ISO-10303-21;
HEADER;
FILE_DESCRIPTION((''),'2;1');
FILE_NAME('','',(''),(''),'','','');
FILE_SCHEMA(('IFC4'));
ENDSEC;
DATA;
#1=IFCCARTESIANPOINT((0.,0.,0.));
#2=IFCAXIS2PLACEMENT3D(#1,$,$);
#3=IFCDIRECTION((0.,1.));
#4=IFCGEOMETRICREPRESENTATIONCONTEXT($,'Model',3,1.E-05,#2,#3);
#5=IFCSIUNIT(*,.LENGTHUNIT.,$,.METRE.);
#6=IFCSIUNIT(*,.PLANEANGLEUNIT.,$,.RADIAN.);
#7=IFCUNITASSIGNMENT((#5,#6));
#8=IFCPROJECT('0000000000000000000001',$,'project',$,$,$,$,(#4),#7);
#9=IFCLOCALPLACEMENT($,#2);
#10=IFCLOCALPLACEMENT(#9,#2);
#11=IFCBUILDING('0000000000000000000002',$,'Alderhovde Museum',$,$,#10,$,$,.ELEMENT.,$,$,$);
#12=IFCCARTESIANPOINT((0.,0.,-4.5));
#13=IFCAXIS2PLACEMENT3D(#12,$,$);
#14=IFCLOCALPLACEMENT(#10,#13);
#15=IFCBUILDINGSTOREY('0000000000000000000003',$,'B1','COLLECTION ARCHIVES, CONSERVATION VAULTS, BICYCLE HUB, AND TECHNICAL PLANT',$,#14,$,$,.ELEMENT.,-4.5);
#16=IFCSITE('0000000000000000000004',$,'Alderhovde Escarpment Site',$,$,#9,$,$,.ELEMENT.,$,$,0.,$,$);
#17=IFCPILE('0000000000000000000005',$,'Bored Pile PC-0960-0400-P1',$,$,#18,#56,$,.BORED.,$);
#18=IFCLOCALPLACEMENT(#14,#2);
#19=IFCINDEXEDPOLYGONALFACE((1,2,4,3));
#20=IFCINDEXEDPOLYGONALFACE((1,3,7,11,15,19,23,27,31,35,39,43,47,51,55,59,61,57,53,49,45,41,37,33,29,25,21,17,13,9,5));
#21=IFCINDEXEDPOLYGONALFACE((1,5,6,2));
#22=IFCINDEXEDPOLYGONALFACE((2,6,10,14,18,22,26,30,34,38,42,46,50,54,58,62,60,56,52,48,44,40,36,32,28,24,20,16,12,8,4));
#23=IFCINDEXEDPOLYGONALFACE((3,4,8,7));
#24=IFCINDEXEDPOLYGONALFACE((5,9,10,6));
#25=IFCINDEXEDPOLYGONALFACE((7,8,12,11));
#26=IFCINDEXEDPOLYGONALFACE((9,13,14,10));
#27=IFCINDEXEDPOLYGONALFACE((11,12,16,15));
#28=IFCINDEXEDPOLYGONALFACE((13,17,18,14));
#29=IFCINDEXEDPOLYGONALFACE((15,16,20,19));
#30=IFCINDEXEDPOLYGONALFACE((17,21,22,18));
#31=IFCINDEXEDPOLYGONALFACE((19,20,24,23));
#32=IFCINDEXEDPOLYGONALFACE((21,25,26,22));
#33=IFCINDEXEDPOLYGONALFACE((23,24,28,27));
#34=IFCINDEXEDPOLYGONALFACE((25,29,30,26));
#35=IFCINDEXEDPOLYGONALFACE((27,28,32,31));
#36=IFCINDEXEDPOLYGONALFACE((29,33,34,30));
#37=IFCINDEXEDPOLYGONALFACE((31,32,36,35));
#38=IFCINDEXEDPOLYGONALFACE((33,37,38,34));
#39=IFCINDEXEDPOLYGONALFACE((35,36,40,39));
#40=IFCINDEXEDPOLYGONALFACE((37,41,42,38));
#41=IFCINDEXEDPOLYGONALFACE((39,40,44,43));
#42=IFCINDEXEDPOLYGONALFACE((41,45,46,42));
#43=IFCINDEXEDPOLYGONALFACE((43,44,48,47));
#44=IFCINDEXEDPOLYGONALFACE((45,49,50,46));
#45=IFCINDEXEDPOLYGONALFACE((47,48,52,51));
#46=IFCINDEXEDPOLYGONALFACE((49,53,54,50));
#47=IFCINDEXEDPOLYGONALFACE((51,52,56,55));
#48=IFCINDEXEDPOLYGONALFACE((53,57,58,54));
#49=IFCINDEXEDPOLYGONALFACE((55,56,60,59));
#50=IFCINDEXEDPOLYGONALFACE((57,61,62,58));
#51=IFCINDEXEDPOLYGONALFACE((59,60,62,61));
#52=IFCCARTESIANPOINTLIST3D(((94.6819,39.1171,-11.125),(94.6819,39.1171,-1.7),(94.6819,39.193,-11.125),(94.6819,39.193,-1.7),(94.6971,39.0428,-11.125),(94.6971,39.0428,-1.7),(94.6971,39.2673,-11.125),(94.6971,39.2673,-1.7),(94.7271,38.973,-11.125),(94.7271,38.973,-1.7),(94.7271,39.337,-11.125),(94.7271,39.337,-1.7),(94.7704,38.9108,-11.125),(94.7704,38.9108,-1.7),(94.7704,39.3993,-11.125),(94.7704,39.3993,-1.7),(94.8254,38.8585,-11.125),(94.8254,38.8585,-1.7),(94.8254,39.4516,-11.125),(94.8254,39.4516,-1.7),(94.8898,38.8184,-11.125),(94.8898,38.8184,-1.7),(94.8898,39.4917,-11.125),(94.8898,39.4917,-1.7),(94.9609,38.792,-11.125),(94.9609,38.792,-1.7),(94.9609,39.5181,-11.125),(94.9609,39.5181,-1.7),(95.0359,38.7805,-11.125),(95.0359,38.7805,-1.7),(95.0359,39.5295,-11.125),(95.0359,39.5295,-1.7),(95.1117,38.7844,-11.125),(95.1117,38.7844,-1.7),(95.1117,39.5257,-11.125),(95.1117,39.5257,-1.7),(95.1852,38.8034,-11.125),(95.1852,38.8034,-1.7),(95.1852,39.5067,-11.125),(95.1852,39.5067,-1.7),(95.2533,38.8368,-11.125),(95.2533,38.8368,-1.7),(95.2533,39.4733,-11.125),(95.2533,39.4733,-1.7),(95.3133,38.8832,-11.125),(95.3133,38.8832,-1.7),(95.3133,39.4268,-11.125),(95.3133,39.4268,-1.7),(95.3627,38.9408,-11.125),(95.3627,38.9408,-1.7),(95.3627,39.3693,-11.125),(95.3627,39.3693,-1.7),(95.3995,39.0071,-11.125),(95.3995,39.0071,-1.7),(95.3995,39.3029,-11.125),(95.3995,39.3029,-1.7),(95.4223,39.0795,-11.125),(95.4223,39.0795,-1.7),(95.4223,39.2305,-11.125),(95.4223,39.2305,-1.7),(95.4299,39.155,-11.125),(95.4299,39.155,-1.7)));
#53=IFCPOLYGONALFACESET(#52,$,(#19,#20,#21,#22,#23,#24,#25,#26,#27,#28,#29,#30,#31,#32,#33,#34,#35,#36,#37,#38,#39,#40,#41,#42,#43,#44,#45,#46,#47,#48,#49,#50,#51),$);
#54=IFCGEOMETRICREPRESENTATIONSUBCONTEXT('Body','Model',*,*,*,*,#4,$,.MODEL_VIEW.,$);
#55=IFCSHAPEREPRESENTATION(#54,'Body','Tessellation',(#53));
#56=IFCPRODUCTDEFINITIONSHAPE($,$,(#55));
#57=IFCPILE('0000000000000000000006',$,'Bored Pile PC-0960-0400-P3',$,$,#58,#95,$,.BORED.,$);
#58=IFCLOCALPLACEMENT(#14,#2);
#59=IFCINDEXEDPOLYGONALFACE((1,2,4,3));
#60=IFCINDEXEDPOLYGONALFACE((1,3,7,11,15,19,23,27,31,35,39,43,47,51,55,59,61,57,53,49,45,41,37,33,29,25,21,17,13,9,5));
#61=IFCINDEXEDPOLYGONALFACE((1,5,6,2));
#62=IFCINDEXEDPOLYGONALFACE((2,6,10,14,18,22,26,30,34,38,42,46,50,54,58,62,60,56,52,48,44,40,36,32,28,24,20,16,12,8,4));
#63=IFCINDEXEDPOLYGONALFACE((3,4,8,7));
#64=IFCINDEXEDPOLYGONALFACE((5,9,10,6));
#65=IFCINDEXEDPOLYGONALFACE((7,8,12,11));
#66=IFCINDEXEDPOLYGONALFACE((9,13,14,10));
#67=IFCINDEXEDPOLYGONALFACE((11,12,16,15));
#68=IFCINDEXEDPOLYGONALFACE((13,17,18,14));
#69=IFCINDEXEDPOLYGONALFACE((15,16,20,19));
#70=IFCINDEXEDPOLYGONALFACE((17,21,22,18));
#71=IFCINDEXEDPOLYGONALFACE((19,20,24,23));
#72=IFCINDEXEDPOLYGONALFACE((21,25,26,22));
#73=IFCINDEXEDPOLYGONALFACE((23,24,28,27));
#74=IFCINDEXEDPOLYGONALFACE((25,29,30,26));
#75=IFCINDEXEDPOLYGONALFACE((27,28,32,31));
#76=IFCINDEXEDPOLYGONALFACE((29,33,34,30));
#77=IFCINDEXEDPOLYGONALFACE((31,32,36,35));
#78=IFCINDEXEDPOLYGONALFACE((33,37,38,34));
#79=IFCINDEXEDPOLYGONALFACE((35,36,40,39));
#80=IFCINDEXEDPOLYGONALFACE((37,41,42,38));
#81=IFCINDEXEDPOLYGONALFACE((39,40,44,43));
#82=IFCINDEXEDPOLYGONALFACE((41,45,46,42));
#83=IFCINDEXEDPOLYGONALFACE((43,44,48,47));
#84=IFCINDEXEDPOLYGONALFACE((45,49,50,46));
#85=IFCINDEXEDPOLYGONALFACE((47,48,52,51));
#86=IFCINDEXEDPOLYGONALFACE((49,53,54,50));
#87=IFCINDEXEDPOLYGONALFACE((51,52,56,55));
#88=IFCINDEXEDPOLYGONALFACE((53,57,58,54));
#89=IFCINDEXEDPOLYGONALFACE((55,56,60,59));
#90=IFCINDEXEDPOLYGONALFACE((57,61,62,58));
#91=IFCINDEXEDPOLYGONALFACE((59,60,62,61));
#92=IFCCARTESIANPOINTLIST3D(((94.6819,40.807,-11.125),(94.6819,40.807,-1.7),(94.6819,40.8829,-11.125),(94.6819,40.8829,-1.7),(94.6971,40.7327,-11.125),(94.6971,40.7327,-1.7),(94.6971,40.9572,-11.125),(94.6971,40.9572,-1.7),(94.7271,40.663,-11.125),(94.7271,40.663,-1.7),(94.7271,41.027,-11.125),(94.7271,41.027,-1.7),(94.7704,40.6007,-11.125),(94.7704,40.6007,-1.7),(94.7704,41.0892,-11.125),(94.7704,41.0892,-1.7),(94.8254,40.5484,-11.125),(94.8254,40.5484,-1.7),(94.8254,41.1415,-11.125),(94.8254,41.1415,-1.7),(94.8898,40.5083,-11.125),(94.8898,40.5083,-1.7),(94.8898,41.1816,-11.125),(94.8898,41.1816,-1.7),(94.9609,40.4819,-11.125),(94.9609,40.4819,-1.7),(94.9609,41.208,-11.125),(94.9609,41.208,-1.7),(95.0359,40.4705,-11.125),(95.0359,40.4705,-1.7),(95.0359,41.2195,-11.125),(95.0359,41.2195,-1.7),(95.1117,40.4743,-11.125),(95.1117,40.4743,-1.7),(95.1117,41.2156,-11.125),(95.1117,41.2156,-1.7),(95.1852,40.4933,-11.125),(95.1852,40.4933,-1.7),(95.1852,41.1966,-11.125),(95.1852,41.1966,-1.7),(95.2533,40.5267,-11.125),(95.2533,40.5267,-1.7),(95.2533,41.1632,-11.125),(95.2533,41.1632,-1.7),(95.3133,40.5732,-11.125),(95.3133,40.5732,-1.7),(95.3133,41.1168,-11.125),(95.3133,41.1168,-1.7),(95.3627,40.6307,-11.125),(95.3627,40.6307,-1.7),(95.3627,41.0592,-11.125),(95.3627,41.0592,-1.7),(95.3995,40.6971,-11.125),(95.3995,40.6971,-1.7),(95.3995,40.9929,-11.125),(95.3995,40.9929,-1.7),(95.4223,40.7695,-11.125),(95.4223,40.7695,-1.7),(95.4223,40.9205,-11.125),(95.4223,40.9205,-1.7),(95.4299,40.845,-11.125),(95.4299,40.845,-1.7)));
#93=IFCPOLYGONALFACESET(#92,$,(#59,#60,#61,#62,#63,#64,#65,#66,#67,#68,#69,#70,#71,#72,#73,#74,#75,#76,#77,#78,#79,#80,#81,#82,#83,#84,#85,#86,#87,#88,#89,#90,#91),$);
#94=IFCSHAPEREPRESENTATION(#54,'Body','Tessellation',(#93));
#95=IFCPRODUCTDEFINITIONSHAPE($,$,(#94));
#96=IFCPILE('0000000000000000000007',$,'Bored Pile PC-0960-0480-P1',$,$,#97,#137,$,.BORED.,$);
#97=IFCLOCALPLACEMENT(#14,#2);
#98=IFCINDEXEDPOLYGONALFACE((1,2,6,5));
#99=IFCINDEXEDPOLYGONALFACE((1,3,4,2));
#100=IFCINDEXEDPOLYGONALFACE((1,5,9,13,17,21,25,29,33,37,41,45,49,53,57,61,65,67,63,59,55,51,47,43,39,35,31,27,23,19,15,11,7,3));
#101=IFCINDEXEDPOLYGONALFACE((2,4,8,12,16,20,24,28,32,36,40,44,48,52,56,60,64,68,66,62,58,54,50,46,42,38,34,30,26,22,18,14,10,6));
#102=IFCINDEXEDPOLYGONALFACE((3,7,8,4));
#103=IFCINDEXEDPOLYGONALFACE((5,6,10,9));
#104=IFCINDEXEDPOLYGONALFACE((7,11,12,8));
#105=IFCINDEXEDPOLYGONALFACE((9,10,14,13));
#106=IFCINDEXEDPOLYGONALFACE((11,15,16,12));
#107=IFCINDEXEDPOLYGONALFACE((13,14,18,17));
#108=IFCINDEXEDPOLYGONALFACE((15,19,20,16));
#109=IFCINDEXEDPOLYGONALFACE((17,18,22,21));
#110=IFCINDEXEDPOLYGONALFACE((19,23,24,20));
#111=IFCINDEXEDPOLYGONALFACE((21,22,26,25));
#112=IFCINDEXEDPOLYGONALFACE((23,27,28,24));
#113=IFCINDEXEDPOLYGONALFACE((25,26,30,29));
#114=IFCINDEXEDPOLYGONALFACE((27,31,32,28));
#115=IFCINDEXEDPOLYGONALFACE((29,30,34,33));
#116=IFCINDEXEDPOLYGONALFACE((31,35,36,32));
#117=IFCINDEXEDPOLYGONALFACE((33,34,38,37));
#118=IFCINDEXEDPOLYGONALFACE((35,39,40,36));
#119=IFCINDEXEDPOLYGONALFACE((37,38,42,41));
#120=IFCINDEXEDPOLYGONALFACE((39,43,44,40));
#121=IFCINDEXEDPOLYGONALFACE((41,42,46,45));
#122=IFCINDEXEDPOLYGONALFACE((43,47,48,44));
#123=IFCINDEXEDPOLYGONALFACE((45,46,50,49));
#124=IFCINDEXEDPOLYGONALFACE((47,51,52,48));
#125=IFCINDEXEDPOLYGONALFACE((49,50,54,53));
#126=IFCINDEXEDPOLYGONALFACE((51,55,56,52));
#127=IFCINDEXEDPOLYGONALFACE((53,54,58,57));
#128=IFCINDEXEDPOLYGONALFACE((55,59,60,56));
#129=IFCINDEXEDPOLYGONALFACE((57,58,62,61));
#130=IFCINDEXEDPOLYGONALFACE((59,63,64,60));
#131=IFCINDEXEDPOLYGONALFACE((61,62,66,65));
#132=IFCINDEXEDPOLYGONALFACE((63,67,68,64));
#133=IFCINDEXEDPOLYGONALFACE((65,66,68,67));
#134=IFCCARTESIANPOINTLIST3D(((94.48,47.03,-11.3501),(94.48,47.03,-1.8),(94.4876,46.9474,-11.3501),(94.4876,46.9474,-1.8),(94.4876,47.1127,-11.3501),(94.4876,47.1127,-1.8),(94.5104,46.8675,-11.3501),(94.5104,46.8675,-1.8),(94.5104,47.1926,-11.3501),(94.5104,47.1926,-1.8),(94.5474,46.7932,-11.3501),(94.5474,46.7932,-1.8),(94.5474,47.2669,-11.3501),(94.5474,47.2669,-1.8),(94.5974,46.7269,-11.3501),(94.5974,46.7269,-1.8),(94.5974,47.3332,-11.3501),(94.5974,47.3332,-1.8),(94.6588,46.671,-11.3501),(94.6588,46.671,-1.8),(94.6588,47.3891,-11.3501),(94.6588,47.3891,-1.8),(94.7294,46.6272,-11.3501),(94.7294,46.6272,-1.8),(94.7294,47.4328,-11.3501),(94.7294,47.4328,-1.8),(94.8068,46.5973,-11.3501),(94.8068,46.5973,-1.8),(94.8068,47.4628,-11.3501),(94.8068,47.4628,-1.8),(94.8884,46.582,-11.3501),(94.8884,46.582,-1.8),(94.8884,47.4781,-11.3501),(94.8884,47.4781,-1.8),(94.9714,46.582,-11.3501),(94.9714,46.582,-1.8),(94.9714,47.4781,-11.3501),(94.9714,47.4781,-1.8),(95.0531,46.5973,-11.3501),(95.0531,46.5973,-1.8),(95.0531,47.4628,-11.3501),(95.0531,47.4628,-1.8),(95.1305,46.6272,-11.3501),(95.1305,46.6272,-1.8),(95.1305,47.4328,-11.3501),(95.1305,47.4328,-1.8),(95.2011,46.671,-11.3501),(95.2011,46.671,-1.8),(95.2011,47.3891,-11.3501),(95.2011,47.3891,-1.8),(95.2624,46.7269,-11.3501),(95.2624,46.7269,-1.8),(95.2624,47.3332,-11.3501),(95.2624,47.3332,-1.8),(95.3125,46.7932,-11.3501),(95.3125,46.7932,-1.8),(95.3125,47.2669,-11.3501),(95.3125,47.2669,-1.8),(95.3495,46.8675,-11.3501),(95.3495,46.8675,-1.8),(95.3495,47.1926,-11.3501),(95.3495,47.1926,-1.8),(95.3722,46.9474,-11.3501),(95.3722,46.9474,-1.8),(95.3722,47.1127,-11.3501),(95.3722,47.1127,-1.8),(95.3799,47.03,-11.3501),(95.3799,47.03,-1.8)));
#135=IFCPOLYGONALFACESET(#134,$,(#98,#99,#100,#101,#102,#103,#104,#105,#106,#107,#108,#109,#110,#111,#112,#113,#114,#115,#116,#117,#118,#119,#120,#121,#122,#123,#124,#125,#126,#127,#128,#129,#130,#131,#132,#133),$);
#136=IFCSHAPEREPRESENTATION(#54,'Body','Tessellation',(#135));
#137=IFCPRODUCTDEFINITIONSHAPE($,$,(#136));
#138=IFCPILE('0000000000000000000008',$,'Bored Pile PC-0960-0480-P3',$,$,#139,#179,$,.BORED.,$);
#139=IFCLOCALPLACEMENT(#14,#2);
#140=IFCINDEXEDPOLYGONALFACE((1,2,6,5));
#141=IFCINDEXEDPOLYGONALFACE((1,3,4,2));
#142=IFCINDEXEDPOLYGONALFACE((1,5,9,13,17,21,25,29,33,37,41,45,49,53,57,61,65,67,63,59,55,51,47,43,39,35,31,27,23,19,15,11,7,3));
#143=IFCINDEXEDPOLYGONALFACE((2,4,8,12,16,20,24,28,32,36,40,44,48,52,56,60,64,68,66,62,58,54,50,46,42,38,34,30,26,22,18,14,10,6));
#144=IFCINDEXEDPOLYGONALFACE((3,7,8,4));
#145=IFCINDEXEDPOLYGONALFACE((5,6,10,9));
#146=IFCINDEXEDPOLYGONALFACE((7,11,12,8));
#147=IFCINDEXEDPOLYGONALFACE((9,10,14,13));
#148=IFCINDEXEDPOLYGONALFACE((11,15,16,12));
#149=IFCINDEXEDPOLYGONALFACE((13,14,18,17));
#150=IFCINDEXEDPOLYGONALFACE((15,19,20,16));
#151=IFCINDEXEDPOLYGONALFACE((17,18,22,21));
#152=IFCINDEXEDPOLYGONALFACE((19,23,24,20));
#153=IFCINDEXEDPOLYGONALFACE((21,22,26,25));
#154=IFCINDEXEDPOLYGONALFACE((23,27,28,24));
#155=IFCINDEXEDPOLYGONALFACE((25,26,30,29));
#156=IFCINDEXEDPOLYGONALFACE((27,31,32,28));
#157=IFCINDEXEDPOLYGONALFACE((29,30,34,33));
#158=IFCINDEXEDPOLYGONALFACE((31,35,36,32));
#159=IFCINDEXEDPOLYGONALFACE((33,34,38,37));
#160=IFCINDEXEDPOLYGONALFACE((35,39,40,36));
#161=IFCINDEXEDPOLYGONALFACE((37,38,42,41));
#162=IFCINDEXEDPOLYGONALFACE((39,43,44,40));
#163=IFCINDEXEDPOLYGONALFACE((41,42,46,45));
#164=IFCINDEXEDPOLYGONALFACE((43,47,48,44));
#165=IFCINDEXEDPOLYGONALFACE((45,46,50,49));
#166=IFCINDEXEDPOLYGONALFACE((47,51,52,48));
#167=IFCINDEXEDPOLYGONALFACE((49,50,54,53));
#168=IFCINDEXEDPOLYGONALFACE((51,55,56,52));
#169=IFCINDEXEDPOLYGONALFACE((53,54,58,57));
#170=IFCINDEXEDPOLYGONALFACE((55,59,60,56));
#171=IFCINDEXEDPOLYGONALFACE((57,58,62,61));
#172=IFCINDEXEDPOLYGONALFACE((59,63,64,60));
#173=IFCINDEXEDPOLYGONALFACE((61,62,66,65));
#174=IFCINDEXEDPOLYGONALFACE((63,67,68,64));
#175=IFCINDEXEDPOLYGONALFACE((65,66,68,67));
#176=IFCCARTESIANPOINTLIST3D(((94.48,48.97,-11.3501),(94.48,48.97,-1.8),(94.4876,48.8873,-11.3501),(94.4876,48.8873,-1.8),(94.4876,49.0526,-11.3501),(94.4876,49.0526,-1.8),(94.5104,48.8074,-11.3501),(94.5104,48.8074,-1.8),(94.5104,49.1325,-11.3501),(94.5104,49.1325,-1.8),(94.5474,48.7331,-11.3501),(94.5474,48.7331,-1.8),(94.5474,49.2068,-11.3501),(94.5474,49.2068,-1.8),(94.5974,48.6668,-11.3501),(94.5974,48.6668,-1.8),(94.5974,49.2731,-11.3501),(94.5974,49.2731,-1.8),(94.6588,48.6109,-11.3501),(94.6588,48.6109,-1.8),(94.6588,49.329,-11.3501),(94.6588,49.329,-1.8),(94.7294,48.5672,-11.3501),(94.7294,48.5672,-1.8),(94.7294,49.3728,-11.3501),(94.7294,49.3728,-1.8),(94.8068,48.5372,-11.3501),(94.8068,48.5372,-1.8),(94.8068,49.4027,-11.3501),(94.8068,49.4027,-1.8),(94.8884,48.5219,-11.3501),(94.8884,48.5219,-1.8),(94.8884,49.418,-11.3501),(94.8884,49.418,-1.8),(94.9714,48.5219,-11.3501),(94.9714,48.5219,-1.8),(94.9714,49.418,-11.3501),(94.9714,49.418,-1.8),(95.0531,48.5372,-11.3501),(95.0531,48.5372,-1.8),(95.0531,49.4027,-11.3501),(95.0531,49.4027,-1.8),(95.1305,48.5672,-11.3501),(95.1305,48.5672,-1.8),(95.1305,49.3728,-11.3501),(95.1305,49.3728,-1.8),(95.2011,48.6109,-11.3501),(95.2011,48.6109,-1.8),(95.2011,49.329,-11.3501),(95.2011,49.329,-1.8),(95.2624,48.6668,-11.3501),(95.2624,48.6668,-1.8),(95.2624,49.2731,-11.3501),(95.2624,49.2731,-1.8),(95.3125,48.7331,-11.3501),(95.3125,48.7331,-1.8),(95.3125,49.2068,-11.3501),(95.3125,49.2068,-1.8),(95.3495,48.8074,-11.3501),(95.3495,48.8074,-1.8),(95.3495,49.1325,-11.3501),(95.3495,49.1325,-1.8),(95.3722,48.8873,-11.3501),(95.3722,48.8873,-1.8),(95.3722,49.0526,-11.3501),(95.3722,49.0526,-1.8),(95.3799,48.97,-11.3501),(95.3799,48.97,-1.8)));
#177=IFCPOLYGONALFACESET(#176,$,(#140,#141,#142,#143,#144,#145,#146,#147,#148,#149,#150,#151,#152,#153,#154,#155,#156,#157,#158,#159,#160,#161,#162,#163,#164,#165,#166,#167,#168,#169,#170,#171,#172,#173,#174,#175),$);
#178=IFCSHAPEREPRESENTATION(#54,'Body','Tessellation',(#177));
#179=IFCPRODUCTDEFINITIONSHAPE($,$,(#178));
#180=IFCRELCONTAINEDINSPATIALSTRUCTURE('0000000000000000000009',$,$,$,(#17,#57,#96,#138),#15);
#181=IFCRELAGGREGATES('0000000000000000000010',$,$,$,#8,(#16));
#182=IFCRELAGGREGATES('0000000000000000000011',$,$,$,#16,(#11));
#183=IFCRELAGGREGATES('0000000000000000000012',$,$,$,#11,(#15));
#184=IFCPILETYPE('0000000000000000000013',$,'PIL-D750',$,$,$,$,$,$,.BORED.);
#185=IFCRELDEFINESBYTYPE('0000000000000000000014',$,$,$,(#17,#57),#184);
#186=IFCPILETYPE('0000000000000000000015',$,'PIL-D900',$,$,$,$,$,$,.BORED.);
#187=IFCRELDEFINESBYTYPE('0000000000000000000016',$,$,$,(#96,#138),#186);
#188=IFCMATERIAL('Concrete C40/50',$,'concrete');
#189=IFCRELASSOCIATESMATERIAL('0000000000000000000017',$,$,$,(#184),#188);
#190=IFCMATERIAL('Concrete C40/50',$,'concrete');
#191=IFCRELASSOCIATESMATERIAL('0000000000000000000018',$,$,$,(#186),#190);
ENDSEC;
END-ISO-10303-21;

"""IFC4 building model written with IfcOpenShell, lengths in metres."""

from ifc_helpers import new_model, si_unit, direction, frame, origin, origin_2d, place, context, subcontext, project, spatial, circle, extrude, material, material_profile, profile_set, type_object, element, save


model = new_model("IFC4")

# Units and contexts
model_context = context("Model", 3, precision=1e-05, world=origin(), true_north=direction((0.0, 1.0)))
body_context = subcontext(model_context, "Body", "Model", "MODEL_VIEW")
ifc_project = project(units=[si_unit("LENGTHUNIT", "METRE"), si_unit("PLANEANGLEUNIT", "RADIAN")], contexts=[model_context])

# Site, building, storey
site_placement = place(None, origin())
site = spatial("IfcSite", under=ifc_project, at=site_placement, Name="Alderhovde Escarpment Site", CompositionType="ELEMENT", RefElevation=0.0)
building_placement = place(site_placement, origin())
building = spatial("IfcBuilding", under=site, at=building_placement, Name="Alderhovde Museum", CompositionType="ELEMENT")
storey_placement = place(building_placement, frame((0.0, 0.0, -4.5)))
storey = spatial("IfcBuildingStorey", under=building, at=storey_placement, Name="B1", Description="COLLECTION ARCHIVES, CONSERVATION VAULTS, BICYCLE HUB, AND TECHNICAL PLANT", CompositionType="ELEMENT", Elevation=-4.5)

# Piles
ifc_material_1 = material(Name="Concrete C40/50", Category="concrete")
ifc_material_profile_1 = material_profile(ifc_material_1, circle(Radius=0.375, at=origin_2d()), Name="PILE-D750")
ifc_profile_set_1 = profile_set([ifc_material_profile_1], Name="Concrete C40/50")
pile_type_1 = type_object("IfcPileType", Name="PIL-D750", PredefinedType="BORED", material=ifc_profile_set_1)
for number, where, z_axis, x_axis, name in (
    (1, (95.0549, 39.155, -1.7), (0.0, 0.0, -1.0), (1.0, 0.0, 0.0), "Bored Pile PC-0960-0400-P1"),
    (2, (95.0549, 40.845, -1.7), (0.0, 0.0, -1.0), (1.0, 0.0, 0.0), "Bored Pile PC-0960-0400-P3"),
):
    element("IfcPile", number, at=place(storey_placement, frame(where, z_axis=z_axis, x_axis=x_axis)), inside=storey, type_object=pile_type_1, Name=name, PredefinedType="BORED", context=body_context, shape_type="SweptSolid", body=[
        extrude(circle(Radius=0.375, at=origin_2d()), origin(), (0.0, 0.0, 1.0), 9.425),
    ])
ifc_material_2 = material(Name="Concrete C40/50", Category="concrete")
ifc_material_profile_2 = material_profile(ifc_material_2, circle(Radius=0.45, at=origin_2d()), Name="PILE-D900")
ifc_profile_set_2 = profile_set([ifc_material_profile_2], Name="Concrete C40/50")
pile_type_2 = type_object("IfcPileType", Name="PIL-D900", PredefinedType="BORED", material=ifc_profile_set_2)
for number, where, z_axis, x_axis, name in (
    (3, (94.9299, 47.03, -1.8), (0.0, 0.0, -1.0), (1.0, 0.0, 0.0), "Bored Pile PC-0960-0480-P1"),
    (4, (94.9299, 48.97, -1.8), (0.0, 0.0, -1.0), (1.0, 0.0, 0.0), "Bored Pile PC-0960-0480-P3"),
):
    element("IfcPile", number, at=place(storey_placement, frame(where, z_axis=z_axis, x_axis=x_axis)), inside=storey, type_object=pile_type_2, Name=name, PredefinedType="BORED", context=body_context, shape_type="SweptSolid", body=[
        extrude(circle(Radius=0.45, at=origin_2d()), origin(), (0.0, 0.0, 1.0), 9.55),
    ])

save(model, "model.ifc")
